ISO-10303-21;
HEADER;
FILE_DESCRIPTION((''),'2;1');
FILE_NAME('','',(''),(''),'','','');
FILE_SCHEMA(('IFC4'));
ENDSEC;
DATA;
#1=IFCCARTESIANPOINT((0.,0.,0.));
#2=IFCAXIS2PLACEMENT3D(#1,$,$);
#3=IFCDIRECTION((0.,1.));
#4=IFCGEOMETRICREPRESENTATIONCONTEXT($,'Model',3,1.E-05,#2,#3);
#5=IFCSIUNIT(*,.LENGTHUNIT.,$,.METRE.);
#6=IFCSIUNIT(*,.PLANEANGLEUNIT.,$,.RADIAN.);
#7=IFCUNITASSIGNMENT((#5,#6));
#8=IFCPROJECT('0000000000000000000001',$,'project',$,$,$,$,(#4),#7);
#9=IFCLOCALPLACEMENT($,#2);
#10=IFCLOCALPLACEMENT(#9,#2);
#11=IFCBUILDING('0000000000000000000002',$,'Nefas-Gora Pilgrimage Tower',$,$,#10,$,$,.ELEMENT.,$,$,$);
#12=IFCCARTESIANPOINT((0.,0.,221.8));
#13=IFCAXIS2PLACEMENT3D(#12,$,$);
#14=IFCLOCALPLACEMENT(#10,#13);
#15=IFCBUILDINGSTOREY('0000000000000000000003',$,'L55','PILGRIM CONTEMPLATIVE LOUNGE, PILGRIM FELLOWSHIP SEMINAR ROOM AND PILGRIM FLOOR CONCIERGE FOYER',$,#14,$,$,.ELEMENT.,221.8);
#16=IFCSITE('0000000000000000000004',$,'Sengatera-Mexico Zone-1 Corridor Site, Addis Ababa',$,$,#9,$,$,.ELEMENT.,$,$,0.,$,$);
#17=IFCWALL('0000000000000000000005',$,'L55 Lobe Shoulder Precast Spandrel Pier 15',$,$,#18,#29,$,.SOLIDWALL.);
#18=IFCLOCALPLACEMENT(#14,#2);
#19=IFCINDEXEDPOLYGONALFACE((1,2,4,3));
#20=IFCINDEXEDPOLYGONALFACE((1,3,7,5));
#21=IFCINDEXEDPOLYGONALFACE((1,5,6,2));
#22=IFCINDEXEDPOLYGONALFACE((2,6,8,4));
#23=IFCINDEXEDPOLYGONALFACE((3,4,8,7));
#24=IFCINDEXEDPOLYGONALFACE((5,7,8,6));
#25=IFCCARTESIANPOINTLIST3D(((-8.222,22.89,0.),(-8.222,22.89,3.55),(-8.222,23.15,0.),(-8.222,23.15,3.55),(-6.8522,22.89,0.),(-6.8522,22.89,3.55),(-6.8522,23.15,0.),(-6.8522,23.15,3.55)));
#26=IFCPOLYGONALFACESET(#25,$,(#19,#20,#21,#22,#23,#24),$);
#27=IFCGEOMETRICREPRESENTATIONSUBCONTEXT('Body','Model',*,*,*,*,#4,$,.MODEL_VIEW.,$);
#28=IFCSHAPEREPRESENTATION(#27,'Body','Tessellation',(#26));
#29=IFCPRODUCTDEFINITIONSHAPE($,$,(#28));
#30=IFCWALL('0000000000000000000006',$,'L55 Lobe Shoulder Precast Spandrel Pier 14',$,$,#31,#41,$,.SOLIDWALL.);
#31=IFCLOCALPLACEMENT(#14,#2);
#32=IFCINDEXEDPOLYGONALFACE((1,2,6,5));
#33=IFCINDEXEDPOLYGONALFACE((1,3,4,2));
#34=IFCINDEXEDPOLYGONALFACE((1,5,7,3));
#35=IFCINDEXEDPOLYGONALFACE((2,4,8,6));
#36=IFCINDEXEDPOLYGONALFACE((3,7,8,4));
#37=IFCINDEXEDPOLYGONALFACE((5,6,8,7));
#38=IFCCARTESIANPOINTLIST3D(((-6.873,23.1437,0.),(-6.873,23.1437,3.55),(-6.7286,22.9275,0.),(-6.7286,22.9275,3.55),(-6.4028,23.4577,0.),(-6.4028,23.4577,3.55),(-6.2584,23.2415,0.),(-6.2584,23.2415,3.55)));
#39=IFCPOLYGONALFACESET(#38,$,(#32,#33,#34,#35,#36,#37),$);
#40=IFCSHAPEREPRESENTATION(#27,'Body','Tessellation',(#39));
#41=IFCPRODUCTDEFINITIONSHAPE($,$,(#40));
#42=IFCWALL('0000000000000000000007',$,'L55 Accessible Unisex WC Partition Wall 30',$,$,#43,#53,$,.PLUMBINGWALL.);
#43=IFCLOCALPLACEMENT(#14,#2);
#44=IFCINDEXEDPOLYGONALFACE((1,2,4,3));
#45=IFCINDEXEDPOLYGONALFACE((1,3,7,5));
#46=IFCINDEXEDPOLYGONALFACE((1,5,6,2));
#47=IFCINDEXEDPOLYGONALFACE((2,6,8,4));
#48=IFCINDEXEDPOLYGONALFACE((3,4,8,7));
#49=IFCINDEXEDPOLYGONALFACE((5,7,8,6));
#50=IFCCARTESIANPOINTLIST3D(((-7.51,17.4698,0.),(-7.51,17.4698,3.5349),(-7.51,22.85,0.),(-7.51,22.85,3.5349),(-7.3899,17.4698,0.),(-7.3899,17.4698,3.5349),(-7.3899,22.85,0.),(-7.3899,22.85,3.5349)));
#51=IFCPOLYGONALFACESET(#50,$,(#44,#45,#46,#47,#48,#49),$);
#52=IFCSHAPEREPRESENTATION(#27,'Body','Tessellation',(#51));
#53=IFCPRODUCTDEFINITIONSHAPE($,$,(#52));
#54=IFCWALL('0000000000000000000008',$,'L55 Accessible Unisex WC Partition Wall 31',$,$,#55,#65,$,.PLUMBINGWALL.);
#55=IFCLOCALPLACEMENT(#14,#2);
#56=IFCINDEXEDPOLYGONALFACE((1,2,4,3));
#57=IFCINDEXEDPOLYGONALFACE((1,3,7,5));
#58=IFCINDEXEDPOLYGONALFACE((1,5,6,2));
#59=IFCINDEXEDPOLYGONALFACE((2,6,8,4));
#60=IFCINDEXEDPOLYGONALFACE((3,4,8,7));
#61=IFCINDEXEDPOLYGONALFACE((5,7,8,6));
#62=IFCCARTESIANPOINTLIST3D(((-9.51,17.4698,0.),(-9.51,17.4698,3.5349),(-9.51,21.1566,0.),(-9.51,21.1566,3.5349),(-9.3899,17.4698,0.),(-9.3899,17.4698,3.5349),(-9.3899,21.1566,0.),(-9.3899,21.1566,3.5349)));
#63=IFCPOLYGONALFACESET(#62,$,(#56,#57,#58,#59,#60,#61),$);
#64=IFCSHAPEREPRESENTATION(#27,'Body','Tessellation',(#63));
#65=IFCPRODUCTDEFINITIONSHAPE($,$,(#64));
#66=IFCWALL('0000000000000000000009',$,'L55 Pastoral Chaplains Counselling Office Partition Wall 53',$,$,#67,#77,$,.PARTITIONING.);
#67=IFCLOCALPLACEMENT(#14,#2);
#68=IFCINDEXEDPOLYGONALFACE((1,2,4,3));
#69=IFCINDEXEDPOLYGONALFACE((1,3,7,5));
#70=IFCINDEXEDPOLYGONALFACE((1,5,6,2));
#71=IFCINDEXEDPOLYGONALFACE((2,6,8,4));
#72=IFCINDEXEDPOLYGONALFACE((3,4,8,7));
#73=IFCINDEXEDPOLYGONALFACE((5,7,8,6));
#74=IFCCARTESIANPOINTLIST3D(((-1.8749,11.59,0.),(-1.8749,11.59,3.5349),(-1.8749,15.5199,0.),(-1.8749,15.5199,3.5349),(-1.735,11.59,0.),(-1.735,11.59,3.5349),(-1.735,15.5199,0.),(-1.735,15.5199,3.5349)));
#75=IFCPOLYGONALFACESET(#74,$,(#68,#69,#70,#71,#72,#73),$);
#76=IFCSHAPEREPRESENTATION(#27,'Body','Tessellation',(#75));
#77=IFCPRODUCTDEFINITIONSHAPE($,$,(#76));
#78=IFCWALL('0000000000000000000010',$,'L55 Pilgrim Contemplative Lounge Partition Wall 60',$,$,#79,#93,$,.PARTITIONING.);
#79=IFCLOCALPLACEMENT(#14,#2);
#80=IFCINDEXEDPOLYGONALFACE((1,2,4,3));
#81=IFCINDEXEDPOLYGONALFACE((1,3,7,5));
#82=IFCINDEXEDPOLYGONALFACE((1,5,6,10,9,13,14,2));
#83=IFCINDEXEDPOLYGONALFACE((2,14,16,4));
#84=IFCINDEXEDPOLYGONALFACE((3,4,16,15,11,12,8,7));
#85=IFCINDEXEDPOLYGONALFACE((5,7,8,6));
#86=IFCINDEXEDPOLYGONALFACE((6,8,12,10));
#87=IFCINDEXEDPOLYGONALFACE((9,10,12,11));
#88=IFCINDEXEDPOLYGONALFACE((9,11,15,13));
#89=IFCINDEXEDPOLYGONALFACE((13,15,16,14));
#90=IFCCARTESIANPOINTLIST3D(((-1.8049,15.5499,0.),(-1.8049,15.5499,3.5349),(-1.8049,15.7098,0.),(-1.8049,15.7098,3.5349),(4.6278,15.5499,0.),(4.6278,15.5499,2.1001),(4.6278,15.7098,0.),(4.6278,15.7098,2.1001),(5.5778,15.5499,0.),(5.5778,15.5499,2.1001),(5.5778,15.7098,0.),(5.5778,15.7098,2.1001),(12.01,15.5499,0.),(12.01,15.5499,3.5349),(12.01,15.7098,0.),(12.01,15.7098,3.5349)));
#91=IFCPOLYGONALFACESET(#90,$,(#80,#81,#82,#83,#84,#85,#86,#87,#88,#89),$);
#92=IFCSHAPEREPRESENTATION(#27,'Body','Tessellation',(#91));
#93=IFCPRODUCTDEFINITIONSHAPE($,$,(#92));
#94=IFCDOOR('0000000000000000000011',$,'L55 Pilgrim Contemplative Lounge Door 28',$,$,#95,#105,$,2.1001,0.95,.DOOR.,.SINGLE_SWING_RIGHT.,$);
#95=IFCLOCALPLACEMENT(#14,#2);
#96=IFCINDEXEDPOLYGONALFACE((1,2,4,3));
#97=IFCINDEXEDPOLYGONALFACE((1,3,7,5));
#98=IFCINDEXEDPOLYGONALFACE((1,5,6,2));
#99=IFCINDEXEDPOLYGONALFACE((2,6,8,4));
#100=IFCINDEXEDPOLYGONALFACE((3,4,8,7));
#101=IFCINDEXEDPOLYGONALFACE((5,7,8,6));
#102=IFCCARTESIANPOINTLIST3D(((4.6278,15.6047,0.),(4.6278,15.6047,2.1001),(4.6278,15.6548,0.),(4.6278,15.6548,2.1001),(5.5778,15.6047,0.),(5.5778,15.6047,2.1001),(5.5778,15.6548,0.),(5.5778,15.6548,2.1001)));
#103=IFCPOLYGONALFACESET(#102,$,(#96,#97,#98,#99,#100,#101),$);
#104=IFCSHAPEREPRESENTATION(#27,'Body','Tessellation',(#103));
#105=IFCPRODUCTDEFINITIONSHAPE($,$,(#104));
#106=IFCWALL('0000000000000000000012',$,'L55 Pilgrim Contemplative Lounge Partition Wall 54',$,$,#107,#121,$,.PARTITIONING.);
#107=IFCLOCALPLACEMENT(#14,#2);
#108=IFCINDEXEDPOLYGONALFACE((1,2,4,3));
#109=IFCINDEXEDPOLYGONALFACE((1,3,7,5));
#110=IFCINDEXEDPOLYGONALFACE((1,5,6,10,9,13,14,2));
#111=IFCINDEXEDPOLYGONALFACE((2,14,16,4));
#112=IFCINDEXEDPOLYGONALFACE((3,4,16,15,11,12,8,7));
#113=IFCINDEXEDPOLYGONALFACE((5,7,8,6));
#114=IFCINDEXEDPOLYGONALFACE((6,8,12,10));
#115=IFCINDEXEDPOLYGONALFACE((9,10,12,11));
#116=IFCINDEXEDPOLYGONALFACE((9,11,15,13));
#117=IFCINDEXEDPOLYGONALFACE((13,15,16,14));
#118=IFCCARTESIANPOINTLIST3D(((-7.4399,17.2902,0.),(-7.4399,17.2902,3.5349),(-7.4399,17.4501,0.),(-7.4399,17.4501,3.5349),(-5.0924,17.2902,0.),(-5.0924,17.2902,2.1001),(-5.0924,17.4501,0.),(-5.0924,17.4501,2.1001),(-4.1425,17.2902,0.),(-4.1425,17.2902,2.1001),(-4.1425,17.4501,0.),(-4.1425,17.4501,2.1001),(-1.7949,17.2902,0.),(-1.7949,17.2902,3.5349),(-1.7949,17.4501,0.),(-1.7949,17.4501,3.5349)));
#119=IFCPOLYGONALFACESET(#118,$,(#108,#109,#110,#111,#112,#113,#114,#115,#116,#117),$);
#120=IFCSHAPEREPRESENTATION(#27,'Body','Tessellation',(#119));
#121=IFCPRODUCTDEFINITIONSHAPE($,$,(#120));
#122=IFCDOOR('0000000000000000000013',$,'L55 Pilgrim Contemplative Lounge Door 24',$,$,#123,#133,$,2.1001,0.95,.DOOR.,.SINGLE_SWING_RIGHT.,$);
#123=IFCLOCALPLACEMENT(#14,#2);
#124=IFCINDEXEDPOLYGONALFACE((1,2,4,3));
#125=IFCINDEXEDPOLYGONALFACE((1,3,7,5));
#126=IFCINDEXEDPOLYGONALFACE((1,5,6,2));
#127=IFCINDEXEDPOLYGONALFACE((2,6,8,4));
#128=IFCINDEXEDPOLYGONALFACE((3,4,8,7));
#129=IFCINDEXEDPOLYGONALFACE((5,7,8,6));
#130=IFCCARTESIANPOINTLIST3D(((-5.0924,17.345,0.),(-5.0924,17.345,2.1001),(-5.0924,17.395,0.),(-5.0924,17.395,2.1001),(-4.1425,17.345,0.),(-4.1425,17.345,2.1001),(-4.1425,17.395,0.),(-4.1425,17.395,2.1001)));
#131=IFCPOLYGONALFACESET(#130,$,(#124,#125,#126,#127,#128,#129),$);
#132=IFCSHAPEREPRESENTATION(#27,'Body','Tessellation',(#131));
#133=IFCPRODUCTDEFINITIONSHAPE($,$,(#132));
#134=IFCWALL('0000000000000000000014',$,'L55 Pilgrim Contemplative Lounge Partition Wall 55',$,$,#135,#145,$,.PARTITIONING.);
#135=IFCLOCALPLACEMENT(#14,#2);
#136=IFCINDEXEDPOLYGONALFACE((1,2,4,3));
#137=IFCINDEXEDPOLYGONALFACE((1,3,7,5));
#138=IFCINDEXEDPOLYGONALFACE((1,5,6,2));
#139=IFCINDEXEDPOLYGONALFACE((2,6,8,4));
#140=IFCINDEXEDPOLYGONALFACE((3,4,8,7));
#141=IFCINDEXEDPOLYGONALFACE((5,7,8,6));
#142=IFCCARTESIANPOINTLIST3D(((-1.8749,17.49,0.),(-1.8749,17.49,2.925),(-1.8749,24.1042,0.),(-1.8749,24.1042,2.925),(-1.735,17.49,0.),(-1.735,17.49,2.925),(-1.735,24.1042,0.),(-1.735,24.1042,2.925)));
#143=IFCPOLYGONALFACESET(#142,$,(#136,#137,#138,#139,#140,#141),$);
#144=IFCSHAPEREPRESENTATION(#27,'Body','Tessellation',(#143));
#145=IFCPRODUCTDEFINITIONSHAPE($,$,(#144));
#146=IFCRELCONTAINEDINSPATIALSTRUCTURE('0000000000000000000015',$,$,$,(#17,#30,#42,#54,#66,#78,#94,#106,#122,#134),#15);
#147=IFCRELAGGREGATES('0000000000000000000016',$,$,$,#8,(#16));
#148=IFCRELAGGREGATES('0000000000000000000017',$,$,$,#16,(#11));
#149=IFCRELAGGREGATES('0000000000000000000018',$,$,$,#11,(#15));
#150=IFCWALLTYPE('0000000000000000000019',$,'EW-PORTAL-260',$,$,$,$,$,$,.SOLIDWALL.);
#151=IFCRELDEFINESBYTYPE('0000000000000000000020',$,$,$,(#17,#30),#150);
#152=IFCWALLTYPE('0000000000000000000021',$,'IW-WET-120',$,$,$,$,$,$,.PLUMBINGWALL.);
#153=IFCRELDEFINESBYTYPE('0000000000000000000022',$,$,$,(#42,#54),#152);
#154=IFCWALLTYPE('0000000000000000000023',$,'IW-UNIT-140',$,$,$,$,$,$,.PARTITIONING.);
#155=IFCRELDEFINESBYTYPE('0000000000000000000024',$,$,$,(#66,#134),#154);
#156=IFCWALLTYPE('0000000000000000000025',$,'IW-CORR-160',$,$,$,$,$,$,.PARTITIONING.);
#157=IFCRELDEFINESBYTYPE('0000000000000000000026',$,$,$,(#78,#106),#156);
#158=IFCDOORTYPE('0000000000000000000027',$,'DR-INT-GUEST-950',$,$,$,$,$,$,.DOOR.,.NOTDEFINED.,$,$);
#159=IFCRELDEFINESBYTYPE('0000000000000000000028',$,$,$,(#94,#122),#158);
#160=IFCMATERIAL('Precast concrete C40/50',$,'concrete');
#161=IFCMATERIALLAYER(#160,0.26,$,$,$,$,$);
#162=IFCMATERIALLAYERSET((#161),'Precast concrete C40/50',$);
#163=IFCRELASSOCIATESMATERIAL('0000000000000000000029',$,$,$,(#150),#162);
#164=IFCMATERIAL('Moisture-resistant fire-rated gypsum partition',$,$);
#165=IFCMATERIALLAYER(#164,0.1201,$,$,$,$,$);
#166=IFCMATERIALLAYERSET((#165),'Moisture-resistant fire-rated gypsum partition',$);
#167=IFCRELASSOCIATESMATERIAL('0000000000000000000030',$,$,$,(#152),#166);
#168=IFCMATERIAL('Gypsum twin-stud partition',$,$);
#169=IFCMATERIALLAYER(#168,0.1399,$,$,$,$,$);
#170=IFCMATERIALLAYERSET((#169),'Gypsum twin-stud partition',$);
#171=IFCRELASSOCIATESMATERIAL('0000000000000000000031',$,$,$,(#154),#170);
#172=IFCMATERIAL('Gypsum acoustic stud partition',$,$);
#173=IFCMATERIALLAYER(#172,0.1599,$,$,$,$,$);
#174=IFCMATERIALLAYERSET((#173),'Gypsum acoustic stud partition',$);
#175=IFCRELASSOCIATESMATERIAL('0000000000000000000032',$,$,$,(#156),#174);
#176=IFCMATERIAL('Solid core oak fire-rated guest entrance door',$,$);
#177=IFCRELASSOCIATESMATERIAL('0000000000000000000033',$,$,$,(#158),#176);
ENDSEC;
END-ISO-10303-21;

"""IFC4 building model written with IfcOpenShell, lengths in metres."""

from ifc_helpers import new_model, si_unit, direction, frame, frame_2d, origin, place, context, subcontext, project, spatial, rectangle, extrude, source, transform, mapped, material, layer, layer_set, type_object, element, fill, save


model = new_model("IFC4")

# Units and contexts
model_context = context("Model", 3, precision=1e-05, world=origin(), true_north=direction((0.0, 1.0)))
body_context = subcontext(model_context, "Body", "Model", "MODEL_VIEW")
ifc_project = project(units=[si_unit("LENGTHUNIT", "METRE"), si_unit("PLANEANGLEUNIT", "RADIAN")], contexts=[model_context])

# Site, building, storey
site_placement = place(None, origin())
site = spatial("IfcSite", under=ifc_project, at=site_placement, Name="Sengatera-Mexico Zone-1 Corridor Site, Addis Ababa", CompositionType="ELEMENT", RefElevation=0.0)
building_placement = place(site_placement, origin())
building = spatial("IfcBuilding", under=site, at=building_placement, Name="Nefas-Gora Pilgrimage Tower", CompositionType="ELEMENT")
storey_placement = place(building_placement, frame((0.0, 0.0, 221.8)))
storey = spatial("IfcBuildingStorey", under=building, at=storey_placement, Name="L55", Description="PILGRIM CONTEMPLATIVE LOUNGE, PILGRIM FELLOWSHIP SEMINAR ROOM AND PILGRIM FLOOR CONCIERGE FOYER", CompositionType="ELEMENT", Elevation=221.8)

# Walls
ifc_material_1 = material(Name="Precast concrete C40/50", Category="concrete")
ifc_layer_1 = layer(ifc_material_1, 0.26)
ifc_layer_set_1 = layer_set([ifc_layer_1], Name="Precast concrete C40/50")
wall_type_1 = type_object("IfcWallType", Name="EW-PORTAL-260", PredefinedType="SOLIDWALL", material=ifc_layer_set_1)
shared_shape_1 = source(origin(), body_context, "Body", "SweptSolid", [
    extrude(rectangle(XDim=1.3699, YDim=0.26, at=frame_2d((0.6851, 0.0))), origin(), (0.0, 0.0, 1.0), 3.55),
])
wall_1_placement = place(storey_placement, frame((-6.8521, 23.02, 0.0), z_axis=(0.0, 0.0, 1.0), x_axis=(-1.0, 0.0, 0.0)))
element("IfcWall", 1, at=wall_1_placement, inside=storey, type_object=wall_type_1, Name="L55 Lobe Shoulder Precast Spandrel Pier 15", PredefinedType="SOLIDWALL", context=body_context, shape_type="MappedRepresentation", body=[
    mapped(shared_shape_1, transform((0.0, 0.0, 0.0), x_axis=(1.0, 0.0, 0.0), y_axis=(0.0, 1.0, 0.0), z_axis=(0.0, 0.0, 1.0), scale=1.0)),
])
shared_shape_2 = source(origin(), body_context, "Body", "SweptSolid", [
    extrude(rectangle(XDim=0.5654, YDim=0.26, at=frame_2d((0.2827, 0.0))), origin(), (0.0, 0.0, 1.0), 3.55),
])
wall_2_placement = place(storey_placement, frame((-6.3306, 23.3496, 0.0), z_axis=(0.0, 0.0, 1.0), x_axis=(-0.831651, -0.555298, 0.0)))
element("IfcWall", 2, at=wall_2_placement, inside=storey, type_object=wall_type_1, Name="L55 Lobe Shoulder Precast Spandrel Pier 14", PredefinedType="SOLIDWALL", context=body_context, shape_type="MappedRepresentation", body=[
    mapped(shared_shape_2, transform((0.0, 0.0, 0.0), x_axis=(1.0, 0.0, 0.0), y_axis=(0.0, 1.0, 0.0), z_axis=(0.0, 0.0, 1.0), scale=1.0)),
])
ifc_material_2 = material(Name="Moisture-resistant fire-rated gypsum partition")
ifc_layer_2 = layer(ifc_material_2, 0.1201)
ifc_layer_set_2 = layer_set([ifc_layer_2], Name="Moisture-resistant fire-rated gypsum partition")
wall_type_2 = type_object("IfcWallType", Name="IW-WET-120", PredefinedType="PLUMBINGWALL", material=ifc_layer_set_2)
shared_shape_3 = source(origin(), body_context, "Body", "SweptSolid", [
    extrude(rectangle(XDim=5.3801, YDim=0.1201, at=frame_2d((2.6899, 0.0))), origin(), (0.0, 0.0, 1.0), 3.5349),
])
wall_3_placement = place(storey_placement, frame((-7.45, 17.47, 0.0), z_axis=(0.0, 0.0, 1.0), x_axis=(0.0, 1.0, 0.0)))
element("IfcWall", 3, at=wall_3_placement, inside=storey, type_object=wall_type_2, Name="L55 Accessible Unisex WC Partition Wall 30", PredefinedType="PLUMBINGWALL", context=body_context, shape_type="MappedRepresentation", body=[
    mapped(shared_shape_3, transform((0.0, 0.0, 0.0), x_axis=(1.0, 0.0, 0.0), y_axis=(0.0, 1.0, 0.0), z_axis=(0.0, 0.0, 1.0), scale=1.0)),
])
shared_shape_4 = source(origin(), body_context, "Body", "SweptSolid", [
    extrude(rectangle(XDim=3.6868, YDim=0.1201, at=frame_2d((1.8433, 0.0))), origin(), (0.0, 0.0, 1.0), 3.5349),
])
wall_4_placement = place(storey_placement, frame((-9.45, 17.47, 0.0), z_axis=(0.0, 0.0, 1.0), x_axis=(0.0, 1.0, 0.0)))
element("IfcWall", 4, at=wall_4_placement, inside=storey, type_object=wall_type_2, Name="L55 Accessible Unisex WC Partition Wall 31", PredefinedType="PLUMBINGWALL", context=body_context, shape_type="MappedRepresentation", body=[
    mapped(shared_shape_4, transform((0.0, 0.0, 0.0), x_axis=(1.0, 0.0, 0.0), y_axis=(0.0, 1.0, 0.0), z_axis=(0.0, 0.0, 1.0), scale=1.0)),
])
ifc_material_3 = material(Name="Gypsum twin-stud partition")
ifc_layer_3 = layer(ifc_material_3, 0.1399)
ifc_layer_set_3 = layer_set([ifc_layer_3], Name="Gypsum twin-stud partition")
wall_type_3 = type_object("IfcWallType", Name="IW-UNIT-140", PredefinedType="PARTITIONING", material=ifc_layer_set_3)
shared_shape_5 = source(origin(), body_context, "Body", "SweptSolid", [
    extrude(rectangle(XDim=3.9299, YDim=0.1399, at=frame_2d((1.9648, 0.0))), origin(), (0.0, 0.0, 1.0), 3.5349),
])
wall_5_placement = place(storey_placement, frame((-1.8049, 11.5901, 0.0), z_axis=(0.0, 0.0, 1.0), x_axis=(0.0, 1.0, 0.0)))
element("IfcWall", 5, at=wall_5_placement, inside=storey, type_object=wall_type_3, Name="L55 Pastoral Chaplains Counselling Office Partition Wall 53", PredefinedType="PARTITIONING", context=body_context, shape_type="MappedRepresentation", body=[
    mapped(shared_shape_5, transform((0.0, 0.0, 0.0), x_axis=(1.0, 0.0, 0.0), y_axis=(0.0, 1.0, 0.0), z_axis=(0.0, 0.0, 1.0), scale=1.0)),
])

# Walls, openings, doors
ifc_material_4 = material(Name="Gypsum acoustic stud partition")
ifc_layer_4 = layer(ifc_material_4, 0.1599)
ifc_layer_set_4 = layer_set([ifc_layer_4], Name="Gypsum acoustic stud partition")
wall_type_4 = type_object("IfcWallType", Name="IW-CORR-160", PredefinedType="PARTITIONING", material=ifc_layer_set_4)
shared_shape_6 = source(origin(), body_context, "Body", "SweptSolid", [
    extrude(rectangle(XDim=13.8149, YDim=0.1599, at=frame_2d((6.9075, 0.0))), origin(), (0.0, 0.0, 1.0), 3.5349),
])
wall_6_placement = place(storey_placement, frame((-1.8049, 15.6299, 0.0), z_axis=(0.0, 0.0, 1.0), x_axis=(1.0, 0.0, 0.0)))
wall_6 = element("IfcWall", 6, at=wall_6_placement, inside=storey, type_object=wall_type_4, Name="L55 Pilgrim Contemplative Lounge Partition Wall 60", PredefinedType="PARTITIONING", context=body_context, shape_type="MappedRepresentation", body=[
    mapped(shared_shape_6, transform((0.0, 0.0, 0.0), x_axis=(1.0, 0.0, 0.0), y_axis=(0.0, 1.0, 0.0), z_axis=(0.0, 0.0, 1.0), scale=1.0)),
])
opening_1_placement = place(wall_6_placement, frame((6.4326, 0.0, 0.0)))
opening_1 = element("IfcOpeningElement", 7, at=opening_1_placement, cuts=wall_6, PredefinedType="OPENING", context=body_context, shape_type="SweptSolid", body=[
    extrude(rectangle(XDim=0.95, YDim=2.1001, at=frame_2d((0.4751, 1.05))), frame((0.0, 0.0898, 0.0), z_axis=(0.0, -1.0, 0.0), x_axis=(1.0, 0.0, 0.0)), (0.0, 0.0, 1.0), 0.1799),
])
ifc_material_5 = material(Name="Solid core oak fire-rated guest entrance door")
door_type = type_object("IfcDoorType", Name="DR-INT-GUEST-950", OperationType="NOTDEFINED", PredefinedType="DOOR", material=ifc_material_5)
shared_shape_7 = source(origin(), body_context, "Body", "SweptSolid", [
    extrude(rectangle(XDim=0.95, YDim=2.1001, at=frame_2d((0.4751, 1.05))), frame((0.0, 0.0249, 0.0), z_axis=(0.0, -1.0, 0.0), x_axis=(1.0, 0.0, 0.0)), (0.0, 0.0, 1.0), 0.05),
])
door_1_placement = place(opening_1_placement, origin())
door_1 = element("IfcDoor", 8, at=door_1_placement, inside=storey, type_object=door_type, Name="L55 Pilgrim Contemplative Lounge Door 28", OperationType="SINGLE_SWING_RIGHT", OverallHeight=2.1001, OverallWidth=0.95, PredefinedType="DOOR", context=body_context, shape_type="MappedRepresentation", body=[
    mapped(shared_shape_7, transform((0.0, 0.0, 0.0), x_axis=(1.0, 0.0, 0.0), y_axis=(0.0, 1.0, 0.0), z_axis=(0.0, 0.0, 1.0), scale=1.0)),
])
fill(opening_1, door_1)
shared_shape_8 = source(origin(), body_context, "Body", "SweptSolid", [
    extrude(rectangle(XDim=5.645, YDim=0.1599, at=frame_2d((2.8225, 0.0))), origin(), (0.0, 0.0, 1.0), 3.5349),
])
wall_7_placement = place(storey_placement, frame((-7.4399, 17.3701, 0.0), z_axis=(0.0, 0.0, 1.0), x_axis=(1.0, 0.0, 0.0)))
wall_7 = element("IfcWall", 9, at=wall_7_placement, inside=storey, type_object=wall_type_4, Name="L55 Pilgrim Contemplative Lounge Partition Wall 54", PredefinedType="PARTITIONING", context=body_context, shape_type="MappedRepresentation", body=[
    mapped(shared_shape_8, transform((0.0, 0.0, 0.0), x_axis=(1.0, 0.0, 0.0), y_axis=(0.0, 1.0, 0.0), z_axis=(0.0, 0.0, 1.0), scale=1.0)),
])
opening_2_placement = place(wall_7_placement, frame((2.3474, 0.0, 0.0)))
opening_2 = element("IfcOpeningElement", 10, at=opening_2_placement, cuts=wall_7, PredefinedType="OPENING", context=body_context, shape_type="SweptSolid", body=[
    extrude(rectangle(XDim=0.95, YDim=2.1001, at=frame_2d((0.4751, 1.05))), frame((0.0, 0.0898, 0.0), z_axis=(0.0, -1.0, 0.0), x_axis=(1.0, 0.0, 0.0)), (0.0, 0.0, 1.0), 0.1799),
])
door_2_placement = place(opening_2_placement, origin())
door_2 = element("IfcDoor", 11, at=door_2_placement, inside=storey, type_object=door_type, Name="L55 Pilgrim Contemplative Lounge Door 24", OperationType="SINGLE_SWING_RIGHT", OverallHeight=2.1001, OverallWidth=0.95, PredefinedType="DOOR", context=body_context, shape_type="MappedRepresentation", body=[
    mapped(shared_shape_7, transform((0.0, 0.0, 0.0), x_axis=(1.0, 0.0, 0.0), y_axis=(0.0, 1.0, 0.0), z_axis=(0.0, 0.0, 1.0), scale=1.0)),
])
fill(opening_2, door_2)

# Wall
shared_shape_9 = source(origin(), body_context, "Body", "SweptSolid", [
    extrude(rectangle(XDim=6.6143, YDim=0.1399, at=frame_2d((3.3071, 0.0))), origin(), (0.0, 0.0, 1.0), 2.925),
])
wall_8_placement = place(storey_placement, frame((-1.8049, 17.49, 0.0), z_axis=(0.0, 0.0, 1.0), x_axis=(0.0, 1.0, 0.0)))
element("IfcWall", 12, at=wall_8_placement, inside=storey, type_object=wall_type_3, Name="L55 Pilgrim Contemplative Lounge Partition Wall 55", PredefinedType="PARTITIONING", context=body_context, shape_type="MappedRepresentation", body=[
    mapped(shared_shape_9, transform((0.0, 0.0, 0.0), x_axis=(1.0, 0.0, 0.0), y_axis=(0.0, 1.0, 0.0), z_axis=(0.0, 0.0, 1.0), scale=1.0)),
])

save(model, "model.ifc")
